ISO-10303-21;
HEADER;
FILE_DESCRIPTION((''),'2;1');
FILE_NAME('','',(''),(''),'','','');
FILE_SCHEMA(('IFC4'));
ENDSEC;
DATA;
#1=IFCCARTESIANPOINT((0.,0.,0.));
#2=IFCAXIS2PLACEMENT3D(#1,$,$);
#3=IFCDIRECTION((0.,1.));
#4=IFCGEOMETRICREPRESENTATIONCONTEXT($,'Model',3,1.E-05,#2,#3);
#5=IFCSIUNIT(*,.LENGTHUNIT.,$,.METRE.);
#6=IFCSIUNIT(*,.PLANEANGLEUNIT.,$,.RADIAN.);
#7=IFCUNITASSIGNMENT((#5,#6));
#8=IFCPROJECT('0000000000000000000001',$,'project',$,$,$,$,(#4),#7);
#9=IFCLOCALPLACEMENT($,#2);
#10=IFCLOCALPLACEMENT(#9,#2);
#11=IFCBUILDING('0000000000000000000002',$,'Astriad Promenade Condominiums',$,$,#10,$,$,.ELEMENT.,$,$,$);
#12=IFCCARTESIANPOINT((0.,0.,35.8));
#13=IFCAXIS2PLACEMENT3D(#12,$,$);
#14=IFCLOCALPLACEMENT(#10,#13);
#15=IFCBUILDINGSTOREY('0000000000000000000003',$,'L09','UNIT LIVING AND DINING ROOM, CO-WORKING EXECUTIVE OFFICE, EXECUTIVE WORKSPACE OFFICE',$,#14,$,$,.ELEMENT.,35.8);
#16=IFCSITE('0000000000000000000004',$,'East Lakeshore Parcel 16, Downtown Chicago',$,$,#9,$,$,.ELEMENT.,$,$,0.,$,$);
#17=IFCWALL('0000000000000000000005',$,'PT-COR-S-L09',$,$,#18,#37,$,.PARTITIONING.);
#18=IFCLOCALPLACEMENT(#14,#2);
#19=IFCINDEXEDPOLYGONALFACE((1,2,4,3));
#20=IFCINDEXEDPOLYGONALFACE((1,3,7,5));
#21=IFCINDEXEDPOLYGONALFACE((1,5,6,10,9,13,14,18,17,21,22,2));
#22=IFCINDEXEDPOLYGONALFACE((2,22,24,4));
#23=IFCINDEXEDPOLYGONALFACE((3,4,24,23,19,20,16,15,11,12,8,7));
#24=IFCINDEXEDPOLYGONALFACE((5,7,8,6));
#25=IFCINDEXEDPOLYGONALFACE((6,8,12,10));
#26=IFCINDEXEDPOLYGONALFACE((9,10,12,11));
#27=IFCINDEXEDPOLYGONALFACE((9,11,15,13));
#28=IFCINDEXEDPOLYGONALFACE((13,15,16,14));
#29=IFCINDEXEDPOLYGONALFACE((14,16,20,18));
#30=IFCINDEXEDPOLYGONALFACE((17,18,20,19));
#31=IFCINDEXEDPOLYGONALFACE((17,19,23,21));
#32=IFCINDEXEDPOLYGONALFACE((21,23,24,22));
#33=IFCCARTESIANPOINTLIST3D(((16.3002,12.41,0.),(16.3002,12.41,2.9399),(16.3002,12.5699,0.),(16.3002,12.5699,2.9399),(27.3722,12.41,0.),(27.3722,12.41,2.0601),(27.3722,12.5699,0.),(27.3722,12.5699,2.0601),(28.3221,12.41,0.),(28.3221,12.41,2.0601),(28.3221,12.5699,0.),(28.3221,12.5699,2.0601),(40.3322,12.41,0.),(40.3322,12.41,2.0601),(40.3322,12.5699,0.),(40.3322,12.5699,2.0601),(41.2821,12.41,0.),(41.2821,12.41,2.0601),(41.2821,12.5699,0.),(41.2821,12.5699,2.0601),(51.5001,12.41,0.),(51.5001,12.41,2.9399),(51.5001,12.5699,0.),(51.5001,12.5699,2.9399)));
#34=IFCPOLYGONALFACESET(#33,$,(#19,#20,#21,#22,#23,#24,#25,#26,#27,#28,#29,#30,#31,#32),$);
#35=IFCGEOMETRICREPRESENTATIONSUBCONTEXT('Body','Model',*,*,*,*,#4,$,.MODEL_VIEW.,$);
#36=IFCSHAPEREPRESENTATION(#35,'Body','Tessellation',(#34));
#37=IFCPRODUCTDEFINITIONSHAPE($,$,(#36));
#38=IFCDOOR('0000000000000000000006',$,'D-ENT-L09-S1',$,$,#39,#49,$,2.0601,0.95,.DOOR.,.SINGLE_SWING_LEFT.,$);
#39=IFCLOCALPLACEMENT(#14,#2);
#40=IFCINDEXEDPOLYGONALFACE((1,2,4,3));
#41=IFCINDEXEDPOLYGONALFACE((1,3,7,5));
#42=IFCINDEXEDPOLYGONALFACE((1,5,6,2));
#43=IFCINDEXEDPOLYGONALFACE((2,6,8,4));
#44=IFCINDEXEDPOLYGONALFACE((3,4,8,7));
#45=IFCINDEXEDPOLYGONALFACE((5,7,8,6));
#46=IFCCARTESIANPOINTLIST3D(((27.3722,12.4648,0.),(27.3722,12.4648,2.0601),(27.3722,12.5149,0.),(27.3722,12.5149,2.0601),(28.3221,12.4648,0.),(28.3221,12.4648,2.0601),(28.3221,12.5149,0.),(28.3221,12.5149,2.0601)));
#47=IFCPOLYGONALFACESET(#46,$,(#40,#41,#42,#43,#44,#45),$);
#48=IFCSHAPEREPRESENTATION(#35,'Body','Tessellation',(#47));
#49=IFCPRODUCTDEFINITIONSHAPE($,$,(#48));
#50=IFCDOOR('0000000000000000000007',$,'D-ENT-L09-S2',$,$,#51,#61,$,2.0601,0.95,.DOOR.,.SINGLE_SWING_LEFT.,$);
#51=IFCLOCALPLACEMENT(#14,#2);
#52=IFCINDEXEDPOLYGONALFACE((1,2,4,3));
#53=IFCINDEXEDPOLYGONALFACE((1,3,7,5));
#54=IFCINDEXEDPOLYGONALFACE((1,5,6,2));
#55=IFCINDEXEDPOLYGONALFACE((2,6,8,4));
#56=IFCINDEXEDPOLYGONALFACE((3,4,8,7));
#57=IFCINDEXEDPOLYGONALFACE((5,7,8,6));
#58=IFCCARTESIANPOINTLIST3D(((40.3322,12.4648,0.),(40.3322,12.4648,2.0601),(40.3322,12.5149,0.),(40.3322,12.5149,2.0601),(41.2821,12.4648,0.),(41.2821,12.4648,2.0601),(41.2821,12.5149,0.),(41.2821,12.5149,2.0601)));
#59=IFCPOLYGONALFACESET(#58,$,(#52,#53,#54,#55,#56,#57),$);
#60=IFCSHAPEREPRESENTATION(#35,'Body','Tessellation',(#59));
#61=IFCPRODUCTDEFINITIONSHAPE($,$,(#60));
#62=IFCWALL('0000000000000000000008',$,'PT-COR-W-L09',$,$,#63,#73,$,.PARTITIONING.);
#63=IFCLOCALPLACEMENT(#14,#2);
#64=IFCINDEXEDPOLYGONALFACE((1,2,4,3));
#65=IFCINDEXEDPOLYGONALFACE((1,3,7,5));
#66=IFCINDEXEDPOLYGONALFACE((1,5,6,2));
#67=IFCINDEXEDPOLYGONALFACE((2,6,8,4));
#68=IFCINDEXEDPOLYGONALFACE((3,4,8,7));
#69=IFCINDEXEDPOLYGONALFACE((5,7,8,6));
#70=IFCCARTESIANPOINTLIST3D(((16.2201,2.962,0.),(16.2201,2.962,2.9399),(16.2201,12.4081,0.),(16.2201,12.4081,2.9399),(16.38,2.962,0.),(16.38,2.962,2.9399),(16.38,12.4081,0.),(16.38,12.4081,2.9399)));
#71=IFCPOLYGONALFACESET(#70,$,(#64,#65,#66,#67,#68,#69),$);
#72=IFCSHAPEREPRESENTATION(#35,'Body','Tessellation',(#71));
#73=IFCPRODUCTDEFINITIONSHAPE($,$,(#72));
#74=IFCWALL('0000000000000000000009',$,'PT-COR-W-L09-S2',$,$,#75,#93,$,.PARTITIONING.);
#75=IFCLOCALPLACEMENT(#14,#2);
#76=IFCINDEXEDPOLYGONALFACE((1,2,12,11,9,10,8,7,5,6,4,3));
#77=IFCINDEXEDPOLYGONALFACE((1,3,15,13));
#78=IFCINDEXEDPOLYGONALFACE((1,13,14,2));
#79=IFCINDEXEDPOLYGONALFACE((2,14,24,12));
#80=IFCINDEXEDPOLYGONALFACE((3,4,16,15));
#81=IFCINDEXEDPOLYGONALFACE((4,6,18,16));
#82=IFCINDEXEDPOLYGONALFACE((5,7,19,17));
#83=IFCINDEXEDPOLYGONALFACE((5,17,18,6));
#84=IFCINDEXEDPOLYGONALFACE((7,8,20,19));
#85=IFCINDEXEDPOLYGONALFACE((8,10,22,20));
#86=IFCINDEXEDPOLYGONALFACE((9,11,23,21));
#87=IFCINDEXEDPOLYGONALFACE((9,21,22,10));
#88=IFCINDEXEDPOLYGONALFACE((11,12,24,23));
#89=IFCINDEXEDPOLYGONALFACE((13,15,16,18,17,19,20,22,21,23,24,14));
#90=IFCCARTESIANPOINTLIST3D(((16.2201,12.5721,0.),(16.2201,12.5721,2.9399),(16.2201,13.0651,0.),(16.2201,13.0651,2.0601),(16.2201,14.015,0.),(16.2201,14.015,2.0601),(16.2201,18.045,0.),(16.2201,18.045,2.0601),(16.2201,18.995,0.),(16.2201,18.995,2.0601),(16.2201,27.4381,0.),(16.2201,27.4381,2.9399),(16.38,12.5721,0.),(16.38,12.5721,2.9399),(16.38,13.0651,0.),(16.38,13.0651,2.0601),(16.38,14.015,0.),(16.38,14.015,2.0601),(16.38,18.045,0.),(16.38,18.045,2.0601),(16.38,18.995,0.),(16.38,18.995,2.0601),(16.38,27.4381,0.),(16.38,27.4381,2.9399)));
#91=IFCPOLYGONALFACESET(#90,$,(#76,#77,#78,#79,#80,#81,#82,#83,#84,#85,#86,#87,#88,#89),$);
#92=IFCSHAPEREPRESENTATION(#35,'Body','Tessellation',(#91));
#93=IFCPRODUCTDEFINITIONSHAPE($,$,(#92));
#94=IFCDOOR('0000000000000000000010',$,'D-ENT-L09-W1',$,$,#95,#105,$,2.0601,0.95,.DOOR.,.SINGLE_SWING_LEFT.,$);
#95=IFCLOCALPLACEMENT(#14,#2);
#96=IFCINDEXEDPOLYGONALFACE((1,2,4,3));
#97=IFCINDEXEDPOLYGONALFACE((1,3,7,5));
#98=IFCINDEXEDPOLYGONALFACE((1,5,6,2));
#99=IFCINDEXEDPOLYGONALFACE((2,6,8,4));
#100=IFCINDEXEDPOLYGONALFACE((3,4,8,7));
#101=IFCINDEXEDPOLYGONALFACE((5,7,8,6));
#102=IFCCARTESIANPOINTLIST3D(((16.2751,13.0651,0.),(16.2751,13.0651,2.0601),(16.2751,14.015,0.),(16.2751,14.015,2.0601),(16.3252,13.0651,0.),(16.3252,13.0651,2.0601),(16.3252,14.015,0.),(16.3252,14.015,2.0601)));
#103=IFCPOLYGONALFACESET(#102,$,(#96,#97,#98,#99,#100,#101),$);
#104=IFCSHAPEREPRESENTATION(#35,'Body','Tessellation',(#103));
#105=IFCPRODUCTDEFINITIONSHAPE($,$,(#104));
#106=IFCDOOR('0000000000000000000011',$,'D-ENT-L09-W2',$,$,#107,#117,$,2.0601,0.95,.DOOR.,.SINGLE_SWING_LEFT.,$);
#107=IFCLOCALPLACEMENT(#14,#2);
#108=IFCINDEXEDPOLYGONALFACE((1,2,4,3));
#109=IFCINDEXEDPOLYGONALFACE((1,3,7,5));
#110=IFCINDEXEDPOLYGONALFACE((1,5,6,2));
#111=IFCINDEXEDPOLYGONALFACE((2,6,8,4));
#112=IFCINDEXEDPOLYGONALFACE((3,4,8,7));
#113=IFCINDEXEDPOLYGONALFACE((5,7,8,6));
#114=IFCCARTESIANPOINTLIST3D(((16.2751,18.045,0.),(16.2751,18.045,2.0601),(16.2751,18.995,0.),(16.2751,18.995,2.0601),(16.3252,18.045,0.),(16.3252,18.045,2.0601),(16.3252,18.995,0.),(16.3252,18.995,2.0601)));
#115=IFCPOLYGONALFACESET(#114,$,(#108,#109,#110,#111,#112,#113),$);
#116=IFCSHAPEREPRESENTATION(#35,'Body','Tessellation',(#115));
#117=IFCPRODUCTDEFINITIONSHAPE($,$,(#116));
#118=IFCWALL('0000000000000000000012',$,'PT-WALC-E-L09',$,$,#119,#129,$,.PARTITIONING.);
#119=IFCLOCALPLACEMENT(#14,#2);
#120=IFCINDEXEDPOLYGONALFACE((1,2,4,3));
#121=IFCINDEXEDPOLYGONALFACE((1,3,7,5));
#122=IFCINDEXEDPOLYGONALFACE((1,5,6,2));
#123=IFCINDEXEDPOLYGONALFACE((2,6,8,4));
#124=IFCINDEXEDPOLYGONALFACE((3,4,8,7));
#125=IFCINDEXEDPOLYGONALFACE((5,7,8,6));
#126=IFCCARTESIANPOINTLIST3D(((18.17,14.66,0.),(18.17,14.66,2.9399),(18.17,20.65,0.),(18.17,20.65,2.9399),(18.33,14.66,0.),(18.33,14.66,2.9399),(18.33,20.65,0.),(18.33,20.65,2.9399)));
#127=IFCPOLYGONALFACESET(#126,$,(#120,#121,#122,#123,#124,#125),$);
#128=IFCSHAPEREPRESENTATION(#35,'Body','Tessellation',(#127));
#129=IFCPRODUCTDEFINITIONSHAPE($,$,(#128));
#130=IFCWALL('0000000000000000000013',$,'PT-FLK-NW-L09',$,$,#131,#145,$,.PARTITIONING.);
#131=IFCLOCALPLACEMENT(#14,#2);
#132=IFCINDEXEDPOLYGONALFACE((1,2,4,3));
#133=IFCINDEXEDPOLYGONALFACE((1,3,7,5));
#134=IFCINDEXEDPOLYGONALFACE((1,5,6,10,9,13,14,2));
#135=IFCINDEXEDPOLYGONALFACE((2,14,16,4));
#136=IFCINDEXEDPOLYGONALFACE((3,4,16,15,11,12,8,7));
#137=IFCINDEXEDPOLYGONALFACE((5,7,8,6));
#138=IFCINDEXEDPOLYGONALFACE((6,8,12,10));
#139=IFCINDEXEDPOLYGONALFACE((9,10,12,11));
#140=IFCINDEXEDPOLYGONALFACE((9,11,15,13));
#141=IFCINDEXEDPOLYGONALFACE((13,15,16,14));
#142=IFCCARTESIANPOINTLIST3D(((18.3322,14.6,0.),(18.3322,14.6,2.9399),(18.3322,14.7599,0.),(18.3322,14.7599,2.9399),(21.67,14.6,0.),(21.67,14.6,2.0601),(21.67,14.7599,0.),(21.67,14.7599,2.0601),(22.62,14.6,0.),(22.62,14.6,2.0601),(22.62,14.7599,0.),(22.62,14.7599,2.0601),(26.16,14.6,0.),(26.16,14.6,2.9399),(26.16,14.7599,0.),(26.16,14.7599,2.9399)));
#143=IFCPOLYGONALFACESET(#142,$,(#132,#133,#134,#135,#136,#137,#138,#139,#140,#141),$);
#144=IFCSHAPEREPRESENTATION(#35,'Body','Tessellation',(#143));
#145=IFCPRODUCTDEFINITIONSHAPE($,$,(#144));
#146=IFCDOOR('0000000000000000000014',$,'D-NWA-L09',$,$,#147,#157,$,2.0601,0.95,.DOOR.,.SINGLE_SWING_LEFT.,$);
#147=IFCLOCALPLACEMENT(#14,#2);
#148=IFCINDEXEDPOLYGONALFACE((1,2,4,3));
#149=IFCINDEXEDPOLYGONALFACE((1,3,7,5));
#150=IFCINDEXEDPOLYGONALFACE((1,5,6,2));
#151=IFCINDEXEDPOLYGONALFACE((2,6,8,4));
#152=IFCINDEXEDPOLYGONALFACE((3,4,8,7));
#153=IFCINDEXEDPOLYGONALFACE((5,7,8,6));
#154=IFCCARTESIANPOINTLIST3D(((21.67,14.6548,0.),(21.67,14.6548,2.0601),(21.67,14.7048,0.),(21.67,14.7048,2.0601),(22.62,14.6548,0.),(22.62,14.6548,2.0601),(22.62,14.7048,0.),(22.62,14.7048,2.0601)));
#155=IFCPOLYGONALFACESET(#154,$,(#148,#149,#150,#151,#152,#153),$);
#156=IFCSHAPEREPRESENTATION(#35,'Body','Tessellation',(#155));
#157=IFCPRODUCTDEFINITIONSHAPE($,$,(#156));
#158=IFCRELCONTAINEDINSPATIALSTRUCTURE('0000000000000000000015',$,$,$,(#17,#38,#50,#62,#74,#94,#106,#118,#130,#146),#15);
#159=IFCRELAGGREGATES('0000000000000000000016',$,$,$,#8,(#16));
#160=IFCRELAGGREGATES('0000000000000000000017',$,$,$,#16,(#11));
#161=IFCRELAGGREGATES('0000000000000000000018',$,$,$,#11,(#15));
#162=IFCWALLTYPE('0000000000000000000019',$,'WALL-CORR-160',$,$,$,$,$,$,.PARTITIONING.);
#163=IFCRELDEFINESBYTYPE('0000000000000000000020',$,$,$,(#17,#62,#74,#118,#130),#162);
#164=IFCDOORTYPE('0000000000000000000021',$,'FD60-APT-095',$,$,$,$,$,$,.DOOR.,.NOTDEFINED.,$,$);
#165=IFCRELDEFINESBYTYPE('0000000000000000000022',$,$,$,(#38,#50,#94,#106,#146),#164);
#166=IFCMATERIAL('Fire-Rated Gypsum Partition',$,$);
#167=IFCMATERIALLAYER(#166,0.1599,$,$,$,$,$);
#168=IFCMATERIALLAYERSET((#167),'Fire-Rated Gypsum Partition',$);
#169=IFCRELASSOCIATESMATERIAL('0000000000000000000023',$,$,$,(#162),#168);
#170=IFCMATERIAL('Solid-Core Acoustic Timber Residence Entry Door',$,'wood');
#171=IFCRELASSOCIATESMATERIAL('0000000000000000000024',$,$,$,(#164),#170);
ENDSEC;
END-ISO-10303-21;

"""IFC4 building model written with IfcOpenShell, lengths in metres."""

from ifc_helpers import new_model, si_unit, direction, frame, frame_2d, origin, place, context, subcontext, project, spatial, rectangle, extrude, source, transform, mapped, material, layer, layer_set, type_object, type_shapes, element, fill, save


model = new_model("IFC4")

# Units and contexts
model_context = context("Model", 3, precision=1e-05, world=origin(), true_north=direction((0.0, 1.0)))
body_context = subcontext(model_context, "Body", "Model", "MODEL_VIEW")
ifc_project = project(units=[si_unit("LENGTHUNIT", "METRE"), si_unit("PLANEANGLEUNIT", "RADIAN")], contexts=[model_context])

# Site, building, storey
site_placement = place(None, origin())
site = spatial("IfcSite", under=ifc_project, at=site_placement, Name="East Lakeshore Parcel 16, Downtown Chicago", CompositionType="ELEMENT", RefElevation=0.0)
building_placement = place(site_placement, origin())
building = spatial("IfcBuilding", under=site, at=building_placement, Name="Astriad Promenade Condominiums", CompositionType="ELEMENT")
storey_placement = place(building_placement, frame((0.0, 0.0, 35.8)))
storey = spatial("IfcBuildingStorey", under=building, at=storey_placement, Name="L09", Description="UNIT LIVING AND DINING ROOM, CO-WORKING EXECUTIVE OFFICE, EXECUTIVE WORKSPACE OFFICE", CompositionType="ELEMENT", Elevation=35.8)

# Wall, openings, doors
ifc_material_1 = material(Name="Fire-Rated Gypsum Partition")
ifc_layer_1 = layer(ifc_material_1, 0.1599)
ifc_layer_set_1 = layer_set([ifc_layer_1], Name="Fire-Rated Gypsum Partition")
wall_type_1 = type_object("IfcWallType", Name="WALL-CORR-160", PredefinedType="PARTITIONING", material=ifc_layer_set_1)
wall_1_placement = place(storey_placement, frame((16.3, 12.49, 0.0), z_axis=(0.0, 0.0, 1.0), x_axis=(1.0, 0.0, 0.0)))
wall_1 = element("IfcWall", 1, at=wall_1_placement, inside=storey, type_object=wall_type_1, Name="PT-COR-S-L09", PredefinedType="PARTITIONING", context=body_context, shape_type="SweptSolid", body=[
    extrude(rectangle(XDim=35.2, YDim=0.1599, at=frame_2d((17.6001, 0.0))), origin(), (0.0, 0.0, 1.0), 2.9399),
])
opening_1_placement = place(wall_1_placement, frame((11.072, 0.0, 0.0)))
opening_1 = element("IfcOpeningElement", 2, at=opening_1_placement, cuts=wall_1, PredefinedType="OPENING", context=body_context, shape_type="SweptSolid", body=[
    extrude(rectangle(XDim=0.95, YDim=2.0601, at=frame_2d((0.4751, 1.03))), frame((0.0, 0.0898, 0.0), z_axis=(0.0, -1.0, 0.0), x_axis=(1.0, 0.0, 0.0)), (0.0, 0.0, 1.0), 0.1799),
])
opening_2_placement = place(wall_1_placement, frame((24.032, 0.0, 0.0)))
opening_2 = element("IfcOpeningElement", 3, at=opening_2_placement, cuts=wall_1, PredefinedType="OPENING", context=body_context, shape_type="SweptSolid", body=[
    extrude(rectangle(XDim=0.95, YDim=2.0601, at=frame_2d((0.4751, 1.03))), frame((0.0, 0.0898, 0.0), z_axis=(0.0, -1.0, 0.0), x_axis=(1.0, 0.0, 0.0)), (0.0, 0.0, 1.0), 0.1799),
])
ifc_material_2 = material(Name="Solid-Core Acoustic Timber Residence Entry Door", Category="wood")
door_type_1 = type_object("IfcDoorType", Name="FD60-APT-095", OperationType="NOTDEFINED", PredefinedType="DOOR", material=ifc_material_2)
shared_shape_1 = source(origin(), body_context, "Body", "SweptSolid", [
    extrude(rectangle(XDim=0.95, YDim=2.0601, at=frame_2d((0.4751, 1.03))), frame((0.0, 0.0249, 0.0), z_axis=(0.0, -1.0, 0.0), x_axis=(1.0, 0.0, 0.0)), (0.0, 0.0, 1.0), 0.05),
])
type_shapes(door_type_1, [shared_shape_1])
door_1_placement = place(opening_1_placement, origin())
door_1 = element("IfcDoor", 4, at=door_1_placement, inside=storey, type_object=door_type_1, Name="D-ENT-L09-S1", OperationType="SINGLE_SWING_LEFT", OverallHeight=2.0601, OverallWidth=0.95, PredefinedType="DOOR", context=body_context, shape_type="MappedRepresentation", body=[
    mapped(shared_shape_1, transform((0.0, 0.0, 0.0), scale=1.0)),
])
fill(opening_1, door_1)
door_2_placement = place(opening_2_placement, origin())
door_2 = element("IfcDoor", 5, at=door_2_placement, inside=storey, type_object=door_type_1, Name="D-ENT-L09-S2", OperationType="SINGLE_SWING_LEFT", OverallHeight=2.0601, OverallWidth=0.95, PredefinedType="DOOR", context=body_context, shape_type="MappedRepresentation", body=[
    mapped(shared_shape_1, transform((0.0, 0.0, 0.0), scale=1.0)),
])
fill(opening_2, door_2)

# Wall
wall_2_placement = place(storey_placement, frame((16.3, 2.9619, 0.0), z_axis=(0.0, 0.0, 1.0), x_axis=(0.0, 1.0, 0.0)))
element("IfcWall", 6, at=wall_2_placement, inside=storey, type_object=wall_type_1, Name="PT-COR-W-L09", PredefinedType="PARTITIONING", context=body_context, shape_type="SweptSolid", body=[
    extrude(rectangle(XDim=9.446, YDim=0.1599, at=frame_2d((4.7231, 0.0))), origin(), (0.0, 0.0, 1.0), 2.9399),
])

# Wall, openings, doors
wall_3_placement = place(storey_placement, frame((16.3, 12.572, 0.0), z_axis=(0.0, 0.0, 1.0), x_axis=(0.0, 1.0, 0.0)))
wall_3 = element("IfcWall", 7, at=wall_3_placement, inside=storey, type_object=wall_type_1, Name="PT-COR-W-L09-S2", PredefinedType="PARTITIONING", context=body_context, shape_type="SweptSolid", body=[
    extrude(rectangle(XDim=14.866, YDim=0.1599, at=frame_2d((7.4331, 0.0))), origin(), (0.0, 0.0, 1.0), 2.9399),
])
opening_3_placement = place(wall_3_placement, frame((0.4929, 0.0, 0.0)))
opening_3 = element("IfcOpeningElement", 8, at=opening_3_placement, cuts=wall_3, PredefinedType="OPENING", context=body_context, shape_type="SweptSolid", body=[
    extrude(rectangle(XDim=0.95, YDim=2.0601, at=frame_2d((0.4751, 1.03))), frame((0.0, 0.0898, 0.0), z_axis=(0.0, -1.0, 0.0), x_axis=(1.0, 0.0, 0.0)), (0.0, 0.0, 1.0), 0.1799),
])
opening_4_placement = place(wall_3_placement, frame((5.4729, 0.0, 0.0)))
opening_4 = element("IfcOpeningElement", 9, at=opening_4_placement, cuts=wall_3, PredefinedType="OPENING", context=body_context, shape_type="SweptSolid", body=[
    extrude(rectangle(XDim=0.95, YDim=2.0601, at=frame_2d((0.4751, 1.03))), frame((0.0, 0.0898, 0.0), z_axis=(0.0, -1.0, 0.0), x_axis=(1.0, 0.0, 0.0)), (0.0, 0.0, 1.0), 0.1799),
])
door_3_placement = place(opening_3_placement, origin())
door_3 = element("IfcDoor", 10, at=door_3_placement, inside=storey, type_object=door_type_1, Name="D-ENT-L09-W1", OperationType="SINGLE_SWING_LEFT", OverallHeight=2.0601, OverallWidth=0.95, PredefinedType="DOOR", context=body_context, shape_type="MappedRepresentation", body=[
    mapped(shared_shape_1, transform((0.0, 0.0, 0.0), scale=1.0)),
])
fill(opening_3, door_3)
door_4_placement = place(opening_4_placement, origin())
door_4 = element("IfcDoor", 11, at=door_4_placement, inside=storey, type_object=door_type_1, Name="D-ENT-L09-W2", OperationType="SINGLE_SWING_LEFT", OverallHeight=2.0601, OverallWidth=0.95, PredefinedType="DOOR", context=body_context, shape_type="MappedRepresentation", body=[
    mapped(shared_shape_1, transform((0.0, 0.0, 0.0), scale=1.0)),
])
fill(opening_4, door_4)

# Wall
wall_4_placement = place(storey_placement, frame((18.25, 14.6599, 0.0), z_axis=(0.0, 0.0, 1.0), x_axis=(0.0, 1.0, 0.0)))
element("IfcWall", 12, at=wall_4_placement, inside=storey, type_object=wall_type_1, Name="PT-WALC-E-L09", PredefinedType="PARTITIONING", context=body_context, shape_type="SweptSolid", body=[
    extrude(rectangle(XDim=5.99, YDim=0.1599, at=frame_2d((2.9951, 0.0))), origin(), (0.0, 0.0, 1.0), 2.9399),
])

# Wall, opening, door
wall_5_placement = place(storey_placement, frame((18.332, 14.6799, 0.0), z_axis=(0.0, 0.0, 1.0), x_axis=(1.0, 0.0, 0.0)))
wall_5 = element("IfcWall", 13, at=wall_5_placement, inside=storey, type_object=wall_type_1, Name="PT-FLK-NW-L09", PredefinedType="PARTITIONING", context=body_context, shape_type="SweptSolid", body=[
    extrude(rectangle(XDim=7.8279, YDim=0.1599, at=frame_2d((3.9141, 0.0))), origin(), (0.0, 0.0, 1.0), 2.9399),
])
opening_5_placement = place(wall_5_placement, frame((3.3379, 0.0, 0.0)))
opening_5 = element("IfcOpeningElement", 14, at=opening_5_placement, cuts=wall_5, PredefinedType="OPENING", context=body_context, shape_type="SweptSolid", body=[
    extrude(rectangle(XDim=0.95, YDim=2.0601, at=frame_2d((0.4751, 1.03))), frame((0.0, 0.0898, 0.0), z_axis=(0.0, -1.0, 0.0), x_axis=(1.0, 0.0, 0.0)), (0.0, 0.0, 1.0), 0.1799),
])
door_5_placement = place(opening_5_placement, origin())
door_5 = element("IfcDoor", 15, at=door_5_placement, inside=storey, type_object=door_type_1, Name="D-NWA-L09", OperationType="SINGLE_SWING_LEFT", OverallHeight=2.0601, OverallWidth=0.95, PredefinedType="DOOR", context=body_context, shape_type="MappedRepresentation", body=[
    mapped(shared_shape_1, transform((0.0, 0.0, 0.0), scale=1.0)),
])
fill(opening_5, door_5)

save(model, "model.ifc")
